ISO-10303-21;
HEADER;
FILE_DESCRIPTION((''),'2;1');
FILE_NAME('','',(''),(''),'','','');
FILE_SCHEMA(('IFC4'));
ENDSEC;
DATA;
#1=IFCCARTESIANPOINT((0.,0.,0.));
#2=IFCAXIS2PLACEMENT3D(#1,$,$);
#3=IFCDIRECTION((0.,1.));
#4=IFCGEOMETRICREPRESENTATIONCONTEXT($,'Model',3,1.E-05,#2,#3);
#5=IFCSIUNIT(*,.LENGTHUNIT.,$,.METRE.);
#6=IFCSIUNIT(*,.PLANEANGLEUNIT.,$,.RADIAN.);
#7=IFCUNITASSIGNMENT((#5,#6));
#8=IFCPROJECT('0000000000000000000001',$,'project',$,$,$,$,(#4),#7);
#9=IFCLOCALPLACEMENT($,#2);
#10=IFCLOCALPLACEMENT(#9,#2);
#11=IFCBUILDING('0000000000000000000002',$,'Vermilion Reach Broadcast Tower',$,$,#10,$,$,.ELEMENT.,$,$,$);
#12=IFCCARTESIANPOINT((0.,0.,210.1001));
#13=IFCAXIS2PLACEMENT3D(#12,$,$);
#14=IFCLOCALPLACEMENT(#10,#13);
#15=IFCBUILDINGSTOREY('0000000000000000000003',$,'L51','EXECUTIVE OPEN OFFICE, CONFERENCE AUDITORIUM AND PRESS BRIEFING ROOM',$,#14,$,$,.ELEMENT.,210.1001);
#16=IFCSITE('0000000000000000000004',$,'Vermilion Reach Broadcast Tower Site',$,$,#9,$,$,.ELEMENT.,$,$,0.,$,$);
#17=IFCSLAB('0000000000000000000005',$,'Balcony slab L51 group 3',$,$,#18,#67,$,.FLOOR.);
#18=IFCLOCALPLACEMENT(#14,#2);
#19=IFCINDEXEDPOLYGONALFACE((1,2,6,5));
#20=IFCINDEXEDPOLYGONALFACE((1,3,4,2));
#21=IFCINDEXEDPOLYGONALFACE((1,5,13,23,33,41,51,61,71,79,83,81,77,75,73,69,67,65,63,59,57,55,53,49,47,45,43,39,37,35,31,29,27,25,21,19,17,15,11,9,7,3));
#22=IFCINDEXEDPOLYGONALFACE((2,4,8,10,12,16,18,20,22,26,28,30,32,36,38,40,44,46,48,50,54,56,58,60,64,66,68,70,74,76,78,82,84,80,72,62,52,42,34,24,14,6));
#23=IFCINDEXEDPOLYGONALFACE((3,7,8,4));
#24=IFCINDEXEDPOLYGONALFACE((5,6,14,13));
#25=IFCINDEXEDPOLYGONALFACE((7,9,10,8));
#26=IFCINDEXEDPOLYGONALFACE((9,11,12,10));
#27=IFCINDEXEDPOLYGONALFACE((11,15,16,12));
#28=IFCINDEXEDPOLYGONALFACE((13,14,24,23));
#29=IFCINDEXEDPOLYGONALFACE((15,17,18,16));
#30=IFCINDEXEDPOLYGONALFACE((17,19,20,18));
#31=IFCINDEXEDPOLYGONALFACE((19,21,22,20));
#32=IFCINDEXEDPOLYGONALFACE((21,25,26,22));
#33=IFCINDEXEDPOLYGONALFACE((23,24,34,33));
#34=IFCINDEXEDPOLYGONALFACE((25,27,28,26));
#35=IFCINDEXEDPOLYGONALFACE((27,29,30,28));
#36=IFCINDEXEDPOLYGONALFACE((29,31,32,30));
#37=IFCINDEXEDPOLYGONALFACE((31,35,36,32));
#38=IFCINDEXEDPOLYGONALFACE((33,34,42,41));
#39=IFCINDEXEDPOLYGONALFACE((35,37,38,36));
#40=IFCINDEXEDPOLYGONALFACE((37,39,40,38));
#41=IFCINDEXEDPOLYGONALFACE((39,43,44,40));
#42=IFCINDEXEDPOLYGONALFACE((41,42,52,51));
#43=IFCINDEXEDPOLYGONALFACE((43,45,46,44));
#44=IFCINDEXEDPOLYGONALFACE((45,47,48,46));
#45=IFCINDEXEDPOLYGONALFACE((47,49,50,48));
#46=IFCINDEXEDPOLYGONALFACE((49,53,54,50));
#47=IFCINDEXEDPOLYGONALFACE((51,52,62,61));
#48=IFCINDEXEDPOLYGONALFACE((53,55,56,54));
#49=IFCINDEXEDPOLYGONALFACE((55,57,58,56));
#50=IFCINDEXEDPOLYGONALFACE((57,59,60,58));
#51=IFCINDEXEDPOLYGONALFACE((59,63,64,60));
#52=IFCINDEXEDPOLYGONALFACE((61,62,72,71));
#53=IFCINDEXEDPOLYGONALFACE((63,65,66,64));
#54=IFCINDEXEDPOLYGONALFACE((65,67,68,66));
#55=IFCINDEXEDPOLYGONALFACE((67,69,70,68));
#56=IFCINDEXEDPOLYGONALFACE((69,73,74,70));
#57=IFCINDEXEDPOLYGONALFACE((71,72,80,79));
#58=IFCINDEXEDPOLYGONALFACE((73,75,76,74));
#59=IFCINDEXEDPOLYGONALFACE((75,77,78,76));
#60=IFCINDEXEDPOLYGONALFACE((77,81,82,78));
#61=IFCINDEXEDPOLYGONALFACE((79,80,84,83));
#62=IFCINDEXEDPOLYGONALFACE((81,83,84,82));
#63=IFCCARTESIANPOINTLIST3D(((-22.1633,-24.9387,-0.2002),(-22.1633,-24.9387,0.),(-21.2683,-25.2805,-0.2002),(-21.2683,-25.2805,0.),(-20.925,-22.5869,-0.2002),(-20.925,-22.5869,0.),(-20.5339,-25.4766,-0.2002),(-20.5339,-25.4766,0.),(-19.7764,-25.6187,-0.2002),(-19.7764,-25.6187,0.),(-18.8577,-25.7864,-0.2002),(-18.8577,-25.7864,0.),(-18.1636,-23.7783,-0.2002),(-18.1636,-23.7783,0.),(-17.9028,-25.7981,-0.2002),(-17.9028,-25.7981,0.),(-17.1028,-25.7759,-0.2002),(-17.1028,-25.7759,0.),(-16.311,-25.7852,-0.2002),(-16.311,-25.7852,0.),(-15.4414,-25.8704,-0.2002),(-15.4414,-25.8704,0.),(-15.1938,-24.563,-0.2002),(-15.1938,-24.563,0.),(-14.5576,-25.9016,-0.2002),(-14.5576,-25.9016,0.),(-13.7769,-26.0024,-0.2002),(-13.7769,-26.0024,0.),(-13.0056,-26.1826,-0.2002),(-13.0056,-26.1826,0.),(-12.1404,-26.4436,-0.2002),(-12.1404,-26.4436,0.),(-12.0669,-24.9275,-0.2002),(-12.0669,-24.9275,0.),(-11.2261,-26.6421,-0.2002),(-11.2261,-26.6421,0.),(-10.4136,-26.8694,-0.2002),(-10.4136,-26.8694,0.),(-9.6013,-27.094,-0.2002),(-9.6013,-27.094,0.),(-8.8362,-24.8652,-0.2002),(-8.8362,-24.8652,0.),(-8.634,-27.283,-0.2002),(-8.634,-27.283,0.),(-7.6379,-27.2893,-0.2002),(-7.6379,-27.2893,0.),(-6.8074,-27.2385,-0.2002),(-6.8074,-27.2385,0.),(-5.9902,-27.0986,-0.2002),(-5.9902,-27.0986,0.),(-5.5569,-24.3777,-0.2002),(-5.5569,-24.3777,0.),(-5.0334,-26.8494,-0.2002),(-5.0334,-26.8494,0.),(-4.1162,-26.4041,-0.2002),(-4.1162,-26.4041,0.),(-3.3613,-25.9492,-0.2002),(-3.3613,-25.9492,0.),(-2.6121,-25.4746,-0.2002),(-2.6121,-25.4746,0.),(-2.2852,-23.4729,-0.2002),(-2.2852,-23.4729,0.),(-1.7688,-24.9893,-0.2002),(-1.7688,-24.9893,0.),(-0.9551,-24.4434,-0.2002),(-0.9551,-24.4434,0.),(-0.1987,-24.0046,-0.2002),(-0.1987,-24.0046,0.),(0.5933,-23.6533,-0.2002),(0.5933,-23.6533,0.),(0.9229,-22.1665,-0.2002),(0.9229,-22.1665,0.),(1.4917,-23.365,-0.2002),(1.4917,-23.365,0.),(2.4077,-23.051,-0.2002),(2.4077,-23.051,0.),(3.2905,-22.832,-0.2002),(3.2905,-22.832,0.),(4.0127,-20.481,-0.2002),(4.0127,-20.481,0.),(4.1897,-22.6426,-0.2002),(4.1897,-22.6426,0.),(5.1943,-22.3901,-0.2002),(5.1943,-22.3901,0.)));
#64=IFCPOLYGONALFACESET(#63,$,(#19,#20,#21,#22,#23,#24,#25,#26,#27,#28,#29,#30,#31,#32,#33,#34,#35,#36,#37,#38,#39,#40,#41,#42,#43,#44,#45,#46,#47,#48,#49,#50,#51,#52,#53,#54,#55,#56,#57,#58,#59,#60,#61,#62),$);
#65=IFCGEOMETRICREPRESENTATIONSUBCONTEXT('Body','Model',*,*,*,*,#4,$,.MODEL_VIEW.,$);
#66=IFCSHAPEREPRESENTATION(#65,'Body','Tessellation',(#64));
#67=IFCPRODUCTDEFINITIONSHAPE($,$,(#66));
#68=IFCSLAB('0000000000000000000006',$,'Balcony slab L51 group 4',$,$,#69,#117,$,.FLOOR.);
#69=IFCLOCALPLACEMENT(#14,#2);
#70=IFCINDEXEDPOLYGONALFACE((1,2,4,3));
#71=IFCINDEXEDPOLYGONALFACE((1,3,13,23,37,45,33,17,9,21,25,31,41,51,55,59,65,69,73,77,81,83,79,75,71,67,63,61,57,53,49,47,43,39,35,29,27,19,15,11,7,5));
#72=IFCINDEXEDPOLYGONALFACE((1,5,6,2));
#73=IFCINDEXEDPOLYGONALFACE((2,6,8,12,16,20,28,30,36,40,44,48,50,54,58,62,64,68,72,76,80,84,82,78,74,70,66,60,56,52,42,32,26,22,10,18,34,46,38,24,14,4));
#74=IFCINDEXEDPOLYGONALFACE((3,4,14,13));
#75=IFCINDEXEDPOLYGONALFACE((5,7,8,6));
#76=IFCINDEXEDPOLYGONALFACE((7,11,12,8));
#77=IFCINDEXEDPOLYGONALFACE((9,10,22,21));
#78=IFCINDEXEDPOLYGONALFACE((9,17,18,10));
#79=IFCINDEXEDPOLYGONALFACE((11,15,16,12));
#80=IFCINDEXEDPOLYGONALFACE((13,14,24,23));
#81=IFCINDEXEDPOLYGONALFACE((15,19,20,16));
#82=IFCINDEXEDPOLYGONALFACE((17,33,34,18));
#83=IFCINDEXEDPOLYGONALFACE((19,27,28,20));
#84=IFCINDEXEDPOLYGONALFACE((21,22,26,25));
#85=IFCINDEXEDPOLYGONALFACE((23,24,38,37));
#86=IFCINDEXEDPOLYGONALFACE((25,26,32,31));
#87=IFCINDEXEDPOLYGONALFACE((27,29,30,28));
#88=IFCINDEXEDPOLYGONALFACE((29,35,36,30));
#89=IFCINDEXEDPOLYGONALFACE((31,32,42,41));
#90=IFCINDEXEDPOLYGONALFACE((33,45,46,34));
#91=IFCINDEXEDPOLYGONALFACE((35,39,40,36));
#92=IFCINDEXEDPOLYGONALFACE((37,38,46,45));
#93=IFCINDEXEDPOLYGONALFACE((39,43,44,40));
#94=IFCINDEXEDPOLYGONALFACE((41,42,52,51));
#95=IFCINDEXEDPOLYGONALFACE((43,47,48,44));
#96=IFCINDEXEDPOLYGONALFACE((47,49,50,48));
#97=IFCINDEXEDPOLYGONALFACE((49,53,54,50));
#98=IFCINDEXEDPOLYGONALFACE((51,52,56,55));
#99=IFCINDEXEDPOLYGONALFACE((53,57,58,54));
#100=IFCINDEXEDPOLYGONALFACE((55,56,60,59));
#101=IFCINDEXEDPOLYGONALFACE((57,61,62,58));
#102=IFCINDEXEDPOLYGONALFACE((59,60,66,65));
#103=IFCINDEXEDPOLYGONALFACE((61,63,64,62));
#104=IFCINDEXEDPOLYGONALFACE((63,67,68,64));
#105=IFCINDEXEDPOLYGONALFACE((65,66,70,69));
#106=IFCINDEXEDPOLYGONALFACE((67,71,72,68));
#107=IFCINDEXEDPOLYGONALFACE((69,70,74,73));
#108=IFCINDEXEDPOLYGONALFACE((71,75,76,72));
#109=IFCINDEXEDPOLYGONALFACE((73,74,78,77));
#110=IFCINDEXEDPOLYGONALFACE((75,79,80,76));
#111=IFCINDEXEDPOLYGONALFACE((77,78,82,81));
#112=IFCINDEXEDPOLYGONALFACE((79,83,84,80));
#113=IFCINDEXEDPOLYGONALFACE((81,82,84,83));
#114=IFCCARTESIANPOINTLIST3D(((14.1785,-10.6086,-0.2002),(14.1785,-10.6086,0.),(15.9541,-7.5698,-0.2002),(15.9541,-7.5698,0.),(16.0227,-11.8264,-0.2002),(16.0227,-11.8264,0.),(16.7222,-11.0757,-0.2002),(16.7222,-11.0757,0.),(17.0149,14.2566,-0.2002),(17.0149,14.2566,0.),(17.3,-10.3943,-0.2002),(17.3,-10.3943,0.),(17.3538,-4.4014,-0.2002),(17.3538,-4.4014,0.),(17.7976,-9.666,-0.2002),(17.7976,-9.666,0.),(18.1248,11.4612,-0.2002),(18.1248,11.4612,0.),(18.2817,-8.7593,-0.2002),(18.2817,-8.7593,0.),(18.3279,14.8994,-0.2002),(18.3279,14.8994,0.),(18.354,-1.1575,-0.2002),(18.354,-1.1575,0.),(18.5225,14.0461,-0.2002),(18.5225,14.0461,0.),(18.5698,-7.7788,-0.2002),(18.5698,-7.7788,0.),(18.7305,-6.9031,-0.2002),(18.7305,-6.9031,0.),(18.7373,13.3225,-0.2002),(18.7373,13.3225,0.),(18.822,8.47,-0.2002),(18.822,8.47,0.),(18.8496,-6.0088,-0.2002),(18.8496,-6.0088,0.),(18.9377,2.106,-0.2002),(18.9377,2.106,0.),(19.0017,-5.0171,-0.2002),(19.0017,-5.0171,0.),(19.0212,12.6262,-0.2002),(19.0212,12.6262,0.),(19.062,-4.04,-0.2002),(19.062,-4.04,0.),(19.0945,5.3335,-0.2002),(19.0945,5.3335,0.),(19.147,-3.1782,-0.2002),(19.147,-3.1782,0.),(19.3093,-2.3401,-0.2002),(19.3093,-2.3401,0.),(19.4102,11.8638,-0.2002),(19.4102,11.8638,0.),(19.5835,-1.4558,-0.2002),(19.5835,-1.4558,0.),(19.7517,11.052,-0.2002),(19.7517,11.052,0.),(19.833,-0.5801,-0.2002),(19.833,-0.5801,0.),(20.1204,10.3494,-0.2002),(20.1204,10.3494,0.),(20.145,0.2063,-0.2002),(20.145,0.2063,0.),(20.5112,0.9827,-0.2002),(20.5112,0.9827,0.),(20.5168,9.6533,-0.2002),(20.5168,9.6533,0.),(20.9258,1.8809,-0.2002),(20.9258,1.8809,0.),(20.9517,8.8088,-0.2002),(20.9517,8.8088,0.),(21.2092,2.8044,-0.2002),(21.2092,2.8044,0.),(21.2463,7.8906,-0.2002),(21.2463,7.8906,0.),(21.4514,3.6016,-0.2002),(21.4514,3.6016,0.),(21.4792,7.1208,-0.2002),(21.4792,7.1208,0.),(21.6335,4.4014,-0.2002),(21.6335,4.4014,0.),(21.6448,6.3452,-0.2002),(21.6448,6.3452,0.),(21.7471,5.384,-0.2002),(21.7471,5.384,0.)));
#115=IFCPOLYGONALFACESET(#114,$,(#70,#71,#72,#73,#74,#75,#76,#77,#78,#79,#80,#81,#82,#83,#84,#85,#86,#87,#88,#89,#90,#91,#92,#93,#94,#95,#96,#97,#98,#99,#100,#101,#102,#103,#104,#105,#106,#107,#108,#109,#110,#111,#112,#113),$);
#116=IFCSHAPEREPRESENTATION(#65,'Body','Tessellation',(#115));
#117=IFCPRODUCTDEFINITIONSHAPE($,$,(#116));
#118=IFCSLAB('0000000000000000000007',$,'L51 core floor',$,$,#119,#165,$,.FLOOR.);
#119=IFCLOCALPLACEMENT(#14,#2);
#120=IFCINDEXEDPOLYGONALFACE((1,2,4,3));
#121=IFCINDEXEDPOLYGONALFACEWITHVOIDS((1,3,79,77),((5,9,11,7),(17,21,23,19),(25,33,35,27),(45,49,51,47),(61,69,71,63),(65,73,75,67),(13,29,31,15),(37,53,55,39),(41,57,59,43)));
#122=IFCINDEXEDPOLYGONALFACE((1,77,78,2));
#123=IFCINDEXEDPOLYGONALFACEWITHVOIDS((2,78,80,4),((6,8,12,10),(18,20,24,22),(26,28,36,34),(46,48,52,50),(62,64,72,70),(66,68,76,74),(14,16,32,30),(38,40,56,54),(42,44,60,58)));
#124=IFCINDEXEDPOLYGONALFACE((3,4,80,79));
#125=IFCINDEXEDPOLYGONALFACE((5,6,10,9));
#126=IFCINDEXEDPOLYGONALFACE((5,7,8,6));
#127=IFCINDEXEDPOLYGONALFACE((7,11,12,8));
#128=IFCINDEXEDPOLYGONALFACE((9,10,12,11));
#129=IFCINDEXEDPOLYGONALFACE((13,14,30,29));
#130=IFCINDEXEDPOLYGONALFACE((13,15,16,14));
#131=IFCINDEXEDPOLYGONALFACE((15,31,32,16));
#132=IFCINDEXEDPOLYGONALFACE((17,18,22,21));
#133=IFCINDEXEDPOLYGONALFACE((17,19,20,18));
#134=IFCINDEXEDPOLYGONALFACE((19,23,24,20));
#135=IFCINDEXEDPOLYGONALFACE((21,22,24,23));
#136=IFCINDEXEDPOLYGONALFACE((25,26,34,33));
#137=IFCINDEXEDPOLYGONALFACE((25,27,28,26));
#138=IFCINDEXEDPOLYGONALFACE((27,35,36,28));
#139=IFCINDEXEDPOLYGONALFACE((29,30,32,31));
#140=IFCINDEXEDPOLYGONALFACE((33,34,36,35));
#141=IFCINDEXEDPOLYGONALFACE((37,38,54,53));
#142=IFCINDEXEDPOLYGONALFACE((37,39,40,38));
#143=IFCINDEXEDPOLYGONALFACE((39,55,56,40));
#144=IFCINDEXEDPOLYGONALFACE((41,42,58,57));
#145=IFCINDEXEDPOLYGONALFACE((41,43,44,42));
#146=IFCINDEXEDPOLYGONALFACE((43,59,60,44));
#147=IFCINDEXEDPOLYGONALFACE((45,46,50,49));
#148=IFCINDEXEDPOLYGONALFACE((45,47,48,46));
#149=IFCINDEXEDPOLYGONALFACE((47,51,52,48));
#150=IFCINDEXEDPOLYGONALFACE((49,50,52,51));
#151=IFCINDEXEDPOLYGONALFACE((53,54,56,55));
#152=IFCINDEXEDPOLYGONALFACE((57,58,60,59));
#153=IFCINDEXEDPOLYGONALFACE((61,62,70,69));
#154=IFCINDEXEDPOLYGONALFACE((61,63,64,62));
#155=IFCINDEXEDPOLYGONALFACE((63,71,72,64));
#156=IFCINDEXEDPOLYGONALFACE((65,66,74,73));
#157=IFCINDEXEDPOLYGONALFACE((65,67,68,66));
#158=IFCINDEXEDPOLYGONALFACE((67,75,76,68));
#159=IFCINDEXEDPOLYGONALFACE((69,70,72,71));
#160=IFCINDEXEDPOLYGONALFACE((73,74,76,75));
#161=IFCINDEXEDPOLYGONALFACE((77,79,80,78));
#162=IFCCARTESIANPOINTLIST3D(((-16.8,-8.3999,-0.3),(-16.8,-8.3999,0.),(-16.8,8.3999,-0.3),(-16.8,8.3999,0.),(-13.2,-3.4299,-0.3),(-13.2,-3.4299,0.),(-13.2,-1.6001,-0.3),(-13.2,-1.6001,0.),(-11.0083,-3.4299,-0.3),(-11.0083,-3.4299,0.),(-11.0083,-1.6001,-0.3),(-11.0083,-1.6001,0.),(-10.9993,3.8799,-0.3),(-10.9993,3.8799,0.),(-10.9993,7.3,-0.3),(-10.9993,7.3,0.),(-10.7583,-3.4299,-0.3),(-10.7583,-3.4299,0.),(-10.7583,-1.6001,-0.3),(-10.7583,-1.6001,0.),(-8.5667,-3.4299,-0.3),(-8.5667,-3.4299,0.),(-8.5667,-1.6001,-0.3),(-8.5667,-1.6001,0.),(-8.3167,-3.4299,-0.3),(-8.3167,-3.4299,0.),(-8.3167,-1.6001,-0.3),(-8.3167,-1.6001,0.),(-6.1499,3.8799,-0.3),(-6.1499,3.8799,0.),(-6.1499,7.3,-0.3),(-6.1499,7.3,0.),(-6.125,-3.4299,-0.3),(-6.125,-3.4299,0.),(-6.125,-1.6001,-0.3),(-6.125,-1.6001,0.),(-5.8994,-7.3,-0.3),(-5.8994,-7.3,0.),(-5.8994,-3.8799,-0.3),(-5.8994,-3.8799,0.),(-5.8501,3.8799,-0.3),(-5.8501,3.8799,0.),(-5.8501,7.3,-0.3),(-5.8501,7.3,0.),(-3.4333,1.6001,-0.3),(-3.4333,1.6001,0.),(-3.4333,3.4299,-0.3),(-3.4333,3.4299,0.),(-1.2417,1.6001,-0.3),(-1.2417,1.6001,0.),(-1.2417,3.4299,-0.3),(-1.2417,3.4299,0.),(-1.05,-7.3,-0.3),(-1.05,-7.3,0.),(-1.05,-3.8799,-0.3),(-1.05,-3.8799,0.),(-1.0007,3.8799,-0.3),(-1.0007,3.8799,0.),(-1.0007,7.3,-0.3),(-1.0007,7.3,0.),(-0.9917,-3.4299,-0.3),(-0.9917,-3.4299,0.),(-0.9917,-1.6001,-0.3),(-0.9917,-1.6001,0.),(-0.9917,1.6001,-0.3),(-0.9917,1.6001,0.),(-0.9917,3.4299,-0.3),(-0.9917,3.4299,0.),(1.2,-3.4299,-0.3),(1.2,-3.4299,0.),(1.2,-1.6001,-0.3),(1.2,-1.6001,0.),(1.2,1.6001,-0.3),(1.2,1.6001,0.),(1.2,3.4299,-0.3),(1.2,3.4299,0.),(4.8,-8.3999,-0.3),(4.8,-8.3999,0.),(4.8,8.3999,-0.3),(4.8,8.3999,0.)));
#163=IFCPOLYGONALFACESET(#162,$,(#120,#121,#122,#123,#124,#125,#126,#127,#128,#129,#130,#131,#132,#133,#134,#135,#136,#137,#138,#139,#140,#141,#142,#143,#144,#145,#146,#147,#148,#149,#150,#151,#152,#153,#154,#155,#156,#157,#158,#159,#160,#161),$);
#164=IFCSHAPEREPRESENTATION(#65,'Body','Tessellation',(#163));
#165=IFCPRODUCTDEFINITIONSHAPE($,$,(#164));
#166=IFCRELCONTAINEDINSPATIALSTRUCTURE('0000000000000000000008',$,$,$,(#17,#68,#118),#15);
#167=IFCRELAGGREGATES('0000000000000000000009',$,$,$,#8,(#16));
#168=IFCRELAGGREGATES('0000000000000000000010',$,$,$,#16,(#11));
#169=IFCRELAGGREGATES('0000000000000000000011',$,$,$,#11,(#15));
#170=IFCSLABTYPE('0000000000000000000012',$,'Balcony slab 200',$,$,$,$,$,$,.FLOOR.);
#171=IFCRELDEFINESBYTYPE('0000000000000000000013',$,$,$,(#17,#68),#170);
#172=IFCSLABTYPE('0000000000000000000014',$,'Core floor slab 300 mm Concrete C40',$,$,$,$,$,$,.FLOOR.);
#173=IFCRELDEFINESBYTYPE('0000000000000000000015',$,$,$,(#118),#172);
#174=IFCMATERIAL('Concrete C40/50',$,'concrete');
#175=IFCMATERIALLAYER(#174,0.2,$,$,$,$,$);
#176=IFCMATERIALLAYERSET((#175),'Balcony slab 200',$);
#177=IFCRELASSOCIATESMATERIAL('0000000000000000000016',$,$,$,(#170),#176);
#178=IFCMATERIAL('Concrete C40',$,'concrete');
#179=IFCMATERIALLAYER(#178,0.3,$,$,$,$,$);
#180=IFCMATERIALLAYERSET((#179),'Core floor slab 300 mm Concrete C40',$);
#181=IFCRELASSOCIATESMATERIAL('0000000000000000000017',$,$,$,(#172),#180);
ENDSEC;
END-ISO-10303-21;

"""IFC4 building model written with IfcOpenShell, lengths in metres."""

from ifc_helpers import new_model, si_unit, direction, frame, origin, place, context, subcontext, project, spatial, polyline, outline, extrude, material, layer, layer_set, type_object, element, save


model = new_model("IFC4")

# Units and contexts
model_context = context("Model", 3, precision=1e-05, world=origin(), true_north=direction((0.0, 1.0)))
body_context = subcontext(model_context, "Body", "Model", "MODEL_VIEW")
ifc_project = project(units=[si_unit("LENGTHUNIT", "METRE"), si_unit("PLANEANGLEUNIT", "RADIAN")], contexts=[model_context])

# Site, building, storey
site_placement = place(None, origin())
site = spatial("IfcSite", under=ifc_project, at=site_placement, Name="Vermilion Reach Broadcast Tower Site", CompositionType="ELEMENT", RefElevation=0.0)
building_placement = place(site_placement, origin())
building = spatial("IfcBuilding", under=site, at=building_placement, Name="Vermilion Reach Broadcast Tower", CompositionType="ELEMENT")
storey_placement = place(building_placement, frame((0.0, 0.0, 210.1001)))
storey = spatial("IfcBuildingStorey", under=building, at=storey_placement, Name="L51", Description="EXECUTIVE OPEN OFFICE, CONFERENCE AUDITORIUM AND PRESS BRIEFING ROOM", CompositionType="ELEMENT", Elevation=210.1001)

# Slabs
ifc_material_1 = material(Name="Concrete C40/50", Category="concrete")
ifc_layer_1 = layer(ifc_material_1, 0.2)
ifc_layer_set_1 = layer_set([ifc_layer_1], Name="Balcony slab 200")
slab_type_1 = type_object("IfcSlabType", Name="Balcony slab 200", PredefinedType="FLOOR", material=ifc_layer_set_1)
placement_1 = place(storey_placement, frame((0.0, 0.0, -0.2002)))
element("IfcSlab", 1, at=placement_1, inside=storey, type_object=slab_type_1, Name="Balcony slab L51 group 3", PredefinedType="FLOOR", context=body_context, shape_type="SweptSolid", body=[
    extrude(outline(polyline([(-20.925, -22.5869), (-18.1636, -23.7783), (-15.1938, -24.563), (-12.0669, -24.9275), (-8.8362, -24.8652), (-5.5569, -24.3777), (-2.2852, -23.4729), (0.9229, -22.1665), (4.0127, -20.481), (5.1943, -22.3901), (4.1897, -22.6426), (3.2905, -22.832), (2.4077, -23.051), (1.4917, -23.365), (0.5933, -23.6533), (-0.1987, -24.0046), (-0.9551, -24.4434), (-1.7688, -24.9893), (-2.6121, -25.4746), (-3.3613, -25.9492), (-4.1162, -26.4041), (-5.0334, -26.8494), (-5.9902, -27.0986), (-6.8074, -27.2385), (-7.6379, -27.2893), (-8.634, -27.283), (-9.6013, -27.094), (-10.4136, -26.8694), (-11.2261, -26.6421), (-12.1404, -26.4436), (-13.0056, -26.1826), (-13.7769, -26.0024), (-14.5576, -25.9016), (-15.4414, -25.8704), (-16.311, -25.7852), (-17.1028, -25.7759), (-17.9028, -25.7981), (-18.8577, -25.7864), (-19.7764, -25.6187), (-20.5339, -25.4766), (-21.2683, -25.2805), (-22.1633, -24.9387), (-20.925, -22.5869)])), origin(), (0.0, 0.0, 1.0), 0.2002),
])
element("IfcSlab", 2, at=placement_1, inside=storey, type_object=slab_type_1, Name="Balcony slab L51 group 4", PredefinedType="FLOOR", context=body_context, shape_type="SweptSolid", body=[
    extrude(outline(polyline([(14.1785, -10.6086), (15.9541, -7.5698), (17.3538, -4.4014), (18.354, -1.1575), (18.9377, 2.106), (19.0945, 5.3335), (18.822, 8.47), (18.1248, 11.4612), (17.0149, 14.2566), (18.3279, 14.8994), (18.5225, 14.0461), (18.7373, 13.3225), (19.0212, 12.6262), (19.4102, 11.8638), (19.7517, 11.052), (20.1204, 10.3494), (20.5168, 9.6533), (20.9517, 8.8088), (21.2463, 7.8906), (21.4792, 7.1208), (21.6448, 6.3452), (21.7471, 5.384), (21.6335, 4.4014), (21.4514, 3.6016), (21.2092, 2.8044), (20.9258, 1.8809), (20.5112, 0.9827), (20.145, 0.2063), (19.833, -0.5801), (19.5835, -1.4558), (19.3093, -2.3401), (19.147, -3.1782), (19.062, -4.04), (19.0017, -5.0171), (18.8496, -6.0088), (18.7305, -6.9031), (18.5698, -7.7788), (18.2817, -8.7593), (17.7976, -9.666), (17.3, -10.3943), (16.7222, -11.0757), (16.0227, -11.8264), (14.1785, -10.6086)])), origin(), (0.0, 0.0, 1.0), 0.2002),
])
ifc_material_2 = material(Name="Concrete C40", Category="concrete")
ifc_layer_2 = layer(ifc_material_2, 0.3)
ifc_layer_set_2 = layer_set([ifc_layer_2], Name="Core floor slab 300 mm Concrete C40")
slab_type_2 = type_object("IfcSlabType", Name="Core floor slab 300 mm Concrete C40", PredefinedType="FLOOR", material=ifc_layer_set_2)
slab_1_placement = place(storey_placement, frame((0.0, 0.0, -0.3)))
element("IfcSlab", 3, at=slab_1_placement, inside=storey, type_object=slab_type_2, Name="L51 core floor", PredefinedType="FLOOR", context=body_context, shape_type="SweptSolid", body=[
    extrude(outline(polyline([(-16.8, -8.3999), (4.8, -8.3999), (4.8, 8.3999), (-16.8, 8.3999), (-16.8, -8.3999)]), holes=[polyline([(-3.4333, 1.6001), (-1.2417, 1.6001), (-1.2417, 3.4299), (-3.4333, 3.4299), (-3.4333, 1.6001)]), polyline([(-0.9917, 1.6001), (1.2, 1.6001), (1.2, 3.4299), (-0.9917, 3.4299), (-0.9917, 1.6001)]), polyline([(-13.2, -3.4299), (-11.0083, -3.4299), (-11.0083, -1.6001), (-13.2, -1.6001), (-13.2, -3.4299)]), polyline([(-10.7583, -3.4299), (-8.5667, -3.4299), (-8.5667, -1.6001), (-10.7583, -1.6001), (-10.7583, -3.4299)]), polyline([(-8.3167, -3.4299), (-6.125, -3.4299), (-6.125, -1.6001), (-8.3167, -1.6001), (-8.3167, -3.4299)]), polyline([(-0.9917, -3.4299), (1.2, -3.4299), (1.2, -1.6001), (-0.9917, -1.6001), (-0.9917, -3.4299)]), polyline([(-10.9993, 3.8799), (-6.1499, 3.8799), (-6.1499, 7.3), (-10.9993, 7.3), (-10.9993, 3.8799)]), polyline([(-1.0007, 7.3), (-5.8501, 7.3), (-5.8501, 3.8799), (-1.0007, 3.8799), (-1.0007, 7.3)]), polyline([(-5.8994, -7.3), (-1.05, -7.3), (-1.05, -3.8799), (-5.8994, -3.8799), (-5.8994, -7.3)])]), origin(), (0.0, 0.0, 1.0), 0.3),
])

save(model, "model.ifc")
